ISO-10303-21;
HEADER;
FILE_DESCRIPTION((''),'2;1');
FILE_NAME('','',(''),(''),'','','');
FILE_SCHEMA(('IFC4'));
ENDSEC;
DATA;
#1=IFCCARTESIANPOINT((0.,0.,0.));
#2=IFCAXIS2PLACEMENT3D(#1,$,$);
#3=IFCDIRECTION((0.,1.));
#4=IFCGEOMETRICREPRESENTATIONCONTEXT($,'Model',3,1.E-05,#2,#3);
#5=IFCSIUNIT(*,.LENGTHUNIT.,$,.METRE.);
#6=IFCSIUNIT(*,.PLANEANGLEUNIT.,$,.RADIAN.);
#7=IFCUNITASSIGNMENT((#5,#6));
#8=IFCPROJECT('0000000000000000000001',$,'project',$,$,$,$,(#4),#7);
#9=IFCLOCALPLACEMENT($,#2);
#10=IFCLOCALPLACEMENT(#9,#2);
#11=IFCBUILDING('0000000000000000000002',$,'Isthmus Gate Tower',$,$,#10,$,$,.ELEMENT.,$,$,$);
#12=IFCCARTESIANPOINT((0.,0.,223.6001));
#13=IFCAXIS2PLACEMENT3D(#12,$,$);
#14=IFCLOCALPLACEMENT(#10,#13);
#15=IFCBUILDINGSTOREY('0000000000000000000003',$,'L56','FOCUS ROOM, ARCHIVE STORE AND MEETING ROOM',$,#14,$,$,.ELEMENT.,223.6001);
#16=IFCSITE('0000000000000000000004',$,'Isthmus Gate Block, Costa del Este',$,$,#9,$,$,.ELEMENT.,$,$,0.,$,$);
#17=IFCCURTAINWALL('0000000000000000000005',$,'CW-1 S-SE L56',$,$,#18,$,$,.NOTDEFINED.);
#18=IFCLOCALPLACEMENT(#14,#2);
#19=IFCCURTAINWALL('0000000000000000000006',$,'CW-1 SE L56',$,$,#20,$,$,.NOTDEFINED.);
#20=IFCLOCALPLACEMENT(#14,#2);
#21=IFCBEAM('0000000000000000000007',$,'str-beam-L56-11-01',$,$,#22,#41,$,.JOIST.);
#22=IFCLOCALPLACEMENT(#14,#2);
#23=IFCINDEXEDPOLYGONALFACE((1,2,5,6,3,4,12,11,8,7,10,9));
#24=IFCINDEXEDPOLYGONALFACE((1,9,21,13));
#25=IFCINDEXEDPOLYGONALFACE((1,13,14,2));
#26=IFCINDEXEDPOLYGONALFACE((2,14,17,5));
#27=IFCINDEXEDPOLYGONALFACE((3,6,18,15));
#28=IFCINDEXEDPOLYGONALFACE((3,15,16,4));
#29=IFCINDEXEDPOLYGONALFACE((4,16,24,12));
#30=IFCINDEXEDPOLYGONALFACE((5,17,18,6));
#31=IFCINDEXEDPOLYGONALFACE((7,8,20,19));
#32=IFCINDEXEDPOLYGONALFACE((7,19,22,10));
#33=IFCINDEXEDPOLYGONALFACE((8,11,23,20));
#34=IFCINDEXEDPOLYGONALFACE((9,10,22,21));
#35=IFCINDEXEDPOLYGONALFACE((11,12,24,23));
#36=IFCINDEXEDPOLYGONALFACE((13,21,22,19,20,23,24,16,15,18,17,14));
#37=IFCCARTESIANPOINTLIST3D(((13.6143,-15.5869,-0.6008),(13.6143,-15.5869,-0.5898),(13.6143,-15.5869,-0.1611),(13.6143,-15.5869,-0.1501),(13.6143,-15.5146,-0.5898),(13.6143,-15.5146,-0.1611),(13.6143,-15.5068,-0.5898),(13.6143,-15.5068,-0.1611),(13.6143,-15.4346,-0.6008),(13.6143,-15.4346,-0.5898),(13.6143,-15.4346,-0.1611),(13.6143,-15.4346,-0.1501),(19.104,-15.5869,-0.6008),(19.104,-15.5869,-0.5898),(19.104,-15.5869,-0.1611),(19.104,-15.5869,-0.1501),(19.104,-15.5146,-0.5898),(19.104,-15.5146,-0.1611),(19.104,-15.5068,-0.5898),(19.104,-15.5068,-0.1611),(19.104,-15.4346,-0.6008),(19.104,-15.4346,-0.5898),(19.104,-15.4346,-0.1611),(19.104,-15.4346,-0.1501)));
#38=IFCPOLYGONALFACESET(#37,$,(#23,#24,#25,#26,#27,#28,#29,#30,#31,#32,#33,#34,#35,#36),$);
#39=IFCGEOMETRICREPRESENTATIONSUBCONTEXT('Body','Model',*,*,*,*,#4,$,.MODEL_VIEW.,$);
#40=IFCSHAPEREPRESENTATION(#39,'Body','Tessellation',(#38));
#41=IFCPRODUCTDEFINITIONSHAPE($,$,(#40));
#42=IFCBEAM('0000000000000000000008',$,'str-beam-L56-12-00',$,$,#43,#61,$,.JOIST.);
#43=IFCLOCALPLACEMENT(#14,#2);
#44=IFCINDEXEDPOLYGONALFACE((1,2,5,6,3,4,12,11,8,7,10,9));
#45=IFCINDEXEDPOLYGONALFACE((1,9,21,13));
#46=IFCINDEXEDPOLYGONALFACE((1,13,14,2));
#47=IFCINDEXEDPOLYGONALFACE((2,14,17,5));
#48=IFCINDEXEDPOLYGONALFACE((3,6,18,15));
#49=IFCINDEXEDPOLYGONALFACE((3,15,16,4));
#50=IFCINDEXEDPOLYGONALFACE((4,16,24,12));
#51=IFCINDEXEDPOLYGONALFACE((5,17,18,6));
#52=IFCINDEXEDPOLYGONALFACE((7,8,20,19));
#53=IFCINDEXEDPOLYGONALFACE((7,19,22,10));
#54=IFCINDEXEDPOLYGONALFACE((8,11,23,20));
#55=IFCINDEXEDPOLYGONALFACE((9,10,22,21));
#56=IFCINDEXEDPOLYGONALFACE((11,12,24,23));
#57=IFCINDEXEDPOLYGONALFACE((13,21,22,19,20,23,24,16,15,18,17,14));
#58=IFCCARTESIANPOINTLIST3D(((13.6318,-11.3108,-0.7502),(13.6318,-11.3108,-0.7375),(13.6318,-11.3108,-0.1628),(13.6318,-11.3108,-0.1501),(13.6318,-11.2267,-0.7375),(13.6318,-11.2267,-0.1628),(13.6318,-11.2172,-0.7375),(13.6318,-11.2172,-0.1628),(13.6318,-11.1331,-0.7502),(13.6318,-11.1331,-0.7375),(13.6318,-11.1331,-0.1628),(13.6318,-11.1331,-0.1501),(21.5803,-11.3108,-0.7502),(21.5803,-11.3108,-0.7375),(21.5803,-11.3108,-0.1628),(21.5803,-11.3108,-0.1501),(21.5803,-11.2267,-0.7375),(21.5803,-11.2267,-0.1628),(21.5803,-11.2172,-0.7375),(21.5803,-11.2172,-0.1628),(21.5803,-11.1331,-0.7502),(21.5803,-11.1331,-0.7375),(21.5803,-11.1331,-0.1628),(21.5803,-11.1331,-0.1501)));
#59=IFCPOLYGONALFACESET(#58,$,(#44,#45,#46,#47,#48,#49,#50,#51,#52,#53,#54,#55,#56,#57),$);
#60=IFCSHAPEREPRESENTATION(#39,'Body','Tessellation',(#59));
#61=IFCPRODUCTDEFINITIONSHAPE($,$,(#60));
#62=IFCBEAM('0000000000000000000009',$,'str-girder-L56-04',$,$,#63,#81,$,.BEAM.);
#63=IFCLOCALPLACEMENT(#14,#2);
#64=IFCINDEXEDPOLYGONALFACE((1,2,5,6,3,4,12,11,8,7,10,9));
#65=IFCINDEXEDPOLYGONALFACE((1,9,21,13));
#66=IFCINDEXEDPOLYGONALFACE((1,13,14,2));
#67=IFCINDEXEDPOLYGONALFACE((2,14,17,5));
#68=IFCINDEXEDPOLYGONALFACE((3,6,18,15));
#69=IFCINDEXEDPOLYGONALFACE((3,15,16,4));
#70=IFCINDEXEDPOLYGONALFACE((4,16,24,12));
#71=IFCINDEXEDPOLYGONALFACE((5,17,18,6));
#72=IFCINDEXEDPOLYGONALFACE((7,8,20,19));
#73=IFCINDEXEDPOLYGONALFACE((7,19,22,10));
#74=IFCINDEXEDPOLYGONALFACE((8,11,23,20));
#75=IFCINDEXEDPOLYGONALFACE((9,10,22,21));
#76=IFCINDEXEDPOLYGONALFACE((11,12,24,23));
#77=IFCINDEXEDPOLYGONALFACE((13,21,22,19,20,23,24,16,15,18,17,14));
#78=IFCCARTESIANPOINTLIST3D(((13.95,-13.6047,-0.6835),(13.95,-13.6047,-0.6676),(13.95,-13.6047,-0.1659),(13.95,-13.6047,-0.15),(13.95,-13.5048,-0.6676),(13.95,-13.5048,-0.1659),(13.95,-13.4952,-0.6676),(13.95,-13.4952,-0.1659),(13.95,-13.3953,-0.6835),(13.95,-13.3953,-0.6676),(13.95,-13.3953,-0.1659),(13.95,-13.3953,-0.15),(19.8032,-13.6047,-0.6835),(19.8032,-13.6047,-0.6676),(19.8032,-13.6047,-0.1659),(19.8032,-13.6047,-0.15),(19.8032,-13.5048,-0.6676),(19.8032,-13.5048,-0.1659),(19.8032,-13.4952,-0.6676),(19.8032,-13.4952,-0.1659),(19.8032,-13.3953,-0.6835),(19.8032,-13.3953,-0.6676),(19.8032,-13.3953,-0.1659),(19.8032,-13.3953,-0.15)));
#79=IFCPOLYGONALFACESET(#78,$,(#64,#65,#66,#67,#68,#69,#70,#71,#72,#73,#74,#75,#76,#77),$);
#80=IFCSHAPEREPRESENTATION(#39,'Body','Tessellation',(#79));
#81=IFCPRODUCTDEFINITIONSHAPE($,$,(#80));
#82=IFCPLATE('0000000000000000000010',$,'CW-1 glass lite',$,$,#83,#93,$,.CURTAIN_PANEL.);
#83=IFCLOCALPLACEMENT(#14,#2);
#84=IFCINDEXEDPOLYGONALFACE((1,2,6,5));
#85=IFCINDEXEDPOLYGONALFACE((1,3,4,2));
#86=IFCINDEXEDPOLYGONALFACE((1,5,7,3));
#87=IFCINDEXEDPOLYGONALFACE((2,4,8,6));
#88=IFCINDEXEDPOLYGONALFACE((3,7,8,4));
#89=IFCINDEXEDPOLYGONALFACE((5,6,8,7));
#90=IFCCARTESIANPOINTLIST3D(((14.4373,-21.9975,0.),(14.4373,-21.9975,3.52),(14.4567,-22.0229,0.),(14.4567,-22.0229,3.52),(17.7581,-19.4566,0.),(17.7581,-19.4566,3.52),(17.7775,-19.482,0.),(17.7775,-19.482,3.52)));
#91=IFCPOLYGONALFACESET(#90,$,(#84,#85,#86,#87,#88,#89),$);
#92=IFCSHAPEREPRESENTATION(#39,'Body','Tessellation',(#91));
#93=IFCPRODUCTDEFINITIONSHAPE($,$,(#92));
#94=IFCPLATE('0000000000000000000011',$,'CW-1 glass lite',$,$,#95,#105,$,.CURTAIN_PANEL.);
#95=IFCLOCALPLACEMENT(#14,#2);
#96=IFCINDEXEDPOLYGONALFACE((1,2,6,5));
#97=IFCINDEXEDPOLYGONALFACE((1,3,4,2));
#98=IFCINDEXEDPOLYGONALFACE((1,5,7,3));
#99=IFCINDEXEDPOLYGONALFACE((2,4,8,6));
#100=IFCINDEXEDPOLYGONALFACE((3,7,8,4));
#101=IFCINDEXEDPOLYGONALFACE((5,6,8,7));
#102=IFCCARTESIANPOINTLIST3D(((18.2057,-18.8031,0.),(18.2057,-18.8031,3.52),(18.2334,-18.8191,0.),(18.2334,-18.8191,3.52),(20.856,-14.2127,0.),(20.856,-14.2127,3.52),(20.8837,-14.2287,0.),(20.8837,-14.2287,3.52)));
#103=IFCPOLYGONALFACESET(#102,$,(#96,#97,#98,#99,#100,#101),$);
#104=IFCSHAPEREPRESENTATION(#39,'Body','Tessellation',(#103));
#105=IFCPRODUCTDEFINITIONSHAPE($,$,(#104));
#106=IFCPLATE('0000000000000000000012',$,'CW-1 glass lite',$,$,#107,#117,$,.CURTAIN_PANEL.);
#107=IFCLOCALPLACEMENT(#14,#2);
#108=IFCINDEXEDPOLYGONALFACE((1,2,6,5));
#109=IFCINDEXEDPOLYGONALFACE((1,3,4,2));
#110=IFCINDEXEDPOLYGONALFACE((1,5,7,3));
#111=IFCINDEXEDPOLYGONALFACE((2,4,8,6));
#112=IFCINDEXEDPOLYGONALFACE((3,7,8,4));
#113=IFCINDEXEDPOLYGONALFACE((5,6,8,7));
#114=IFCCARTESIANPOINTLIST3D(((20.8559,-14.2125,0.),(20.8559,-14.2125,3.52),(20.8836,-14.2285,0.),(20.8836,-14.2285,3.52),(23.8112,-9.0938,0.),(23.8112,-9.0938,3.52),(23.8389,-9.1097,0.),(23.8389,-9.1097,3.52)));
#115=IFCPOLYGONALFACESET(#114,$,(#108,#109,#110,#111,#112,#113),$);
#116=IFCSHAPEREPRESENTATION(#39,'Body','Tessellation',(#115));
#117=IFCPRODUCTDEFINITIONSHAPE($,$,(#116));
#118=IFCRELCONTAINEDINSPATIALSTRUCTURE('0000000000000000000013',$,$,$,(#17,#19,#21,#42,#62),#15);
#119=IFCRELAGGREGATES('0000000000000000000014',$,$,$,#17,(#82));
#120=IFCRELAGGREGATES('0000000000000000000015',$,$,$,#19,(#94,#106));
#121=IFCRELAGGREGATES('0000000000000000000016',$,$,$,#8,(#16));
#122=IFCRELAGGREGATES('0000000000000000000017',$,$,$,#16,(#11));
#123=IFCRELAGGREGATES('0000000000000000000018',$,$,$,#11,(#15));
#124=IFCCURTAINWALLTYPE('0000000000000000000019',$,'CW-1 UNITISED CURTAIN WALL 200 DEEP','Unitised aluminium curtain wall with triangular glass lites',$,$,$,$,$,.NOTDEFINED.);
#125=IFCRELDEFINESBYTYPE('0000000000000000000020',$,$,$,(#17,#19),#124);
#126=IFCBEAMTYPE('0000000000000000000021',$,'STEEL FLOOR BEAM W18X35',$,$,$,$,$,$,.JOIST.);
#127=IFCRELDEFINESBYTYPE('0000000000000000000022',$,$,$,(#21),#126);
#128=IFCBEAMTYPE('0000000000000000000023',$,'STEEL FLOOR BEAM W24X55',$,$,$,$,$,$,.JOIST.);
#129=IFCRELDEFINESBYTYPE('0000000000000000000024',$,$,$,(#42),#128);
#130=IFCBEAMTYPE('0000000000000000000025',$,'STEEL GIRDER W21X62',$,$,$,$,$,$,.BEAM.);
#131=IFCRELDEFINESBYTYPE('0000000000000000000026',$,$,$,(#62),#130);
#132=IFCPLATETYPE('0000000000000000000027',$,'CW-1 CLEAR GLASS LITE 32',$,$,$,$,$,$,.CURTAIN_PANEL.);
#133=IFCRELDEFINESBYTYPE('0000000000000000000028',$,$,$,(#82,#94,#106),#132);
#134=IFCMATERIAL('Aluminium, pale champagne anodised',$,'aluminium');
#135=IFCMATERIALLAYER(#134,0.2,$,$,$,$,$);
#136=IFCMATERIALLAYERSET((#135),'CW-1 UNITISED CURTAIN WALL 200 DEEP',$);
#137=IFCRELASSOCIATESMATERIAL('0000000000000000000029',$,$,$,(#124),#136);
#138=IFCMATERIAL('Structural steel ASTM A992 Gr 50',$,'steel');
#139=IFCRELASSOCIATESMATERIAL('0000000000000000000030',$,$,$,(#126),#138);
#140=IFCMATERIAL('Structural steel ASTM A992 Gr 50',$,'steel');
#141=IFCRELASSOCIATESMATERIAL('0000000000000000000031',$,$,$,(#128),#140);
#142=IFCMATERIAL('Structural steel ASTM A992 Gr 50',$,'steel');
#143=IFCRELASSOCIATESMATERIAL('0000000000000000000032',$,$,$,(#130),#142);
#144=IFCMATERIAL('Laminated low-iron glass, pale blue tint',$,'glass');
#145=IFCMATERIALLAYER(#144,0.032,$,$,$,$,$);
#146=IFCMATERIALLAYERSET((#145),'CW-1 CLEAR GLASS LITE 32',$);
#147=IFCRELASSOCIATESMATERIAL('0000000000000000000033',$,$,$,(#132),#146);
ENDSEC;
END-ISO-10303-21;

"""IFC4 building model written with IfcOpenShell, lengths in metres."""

from ifc_helpers import new_model, si_unit, direction, frame, origin, origin_2d, place, context, subcontext, project, spatial, rectangle, i_section, extrude, material, layer, layer_set, material_profile, profile_set, type_object, element, aggregate, save


model = new_model("IFC4")

# Units and contexts
model_context = context("Model", 3, precision=1e-05, world=origin(), true_north=direction((0.0, 1.0)))
body_context = subcontext(model_context, "Body", "Model", "MODEL_VIEW")
ifc_project = project(units=[si_unit("LENGTHUNIT", "METRE"), si_unit("PLANEANGLEUNIT", "RADIAN")], contexts=[model_context])

# Site, building, storey
site_placement = place(None, origin())
site = spatial("IfcSite", under=ifc_project, at=site_placement, Name="Isthmus Gate Block, Costa del Este", CompositionType="ELEMENT", RefElevation=0.0)
building_placement = place(site_placement, origin())
building = spatial("IfcBuilding", under=site, at=building_placement, Name="Isthmus Gate Tower", CompositionType="ELEMENT")
storey_placement = place(building_placement, frame((0.0, 0.0, 223.6001)))
storey = spatial("IfcBuildingStorey", under=building, at=storey_placement, Name="L56", Description="FOCUS ROOM, ARCHIVE STORE AND MEETING ROOM", CompositionType="ELEMENT", Elevation=223.6001)

# Curtain wall
ifc_material_1 = material(Name="Aluminium, pale champagne anodised", Category="aluminium")
ifc_layer_1 = layer(ifc_material_1, 0.2)
ifc_layer_set_1 = layer_set([ifc_layer_1], Name="CW-1 UNITISED CURTAIN WALL 200 DEEP")
curtain_wall_type = type_object("IfcCurtainWallType", Name="CW-1 UNITISED CURTAIN WALL 200 DEEP", Description="Unitised aluminium curtain wall with triangular glass lites", PredefinedType="NOTDEFINED", material=ifc_layer_set_1)
curtain_wall_1_placement = place(storey_placement, origin())
curtain_wall_1 = element("IfcCurtainWall", 1, at=curtain_wall_1_placement, inside=storey, type_object=curtain_wall_type, Name="CW-1 S-SE L56", PredefinedType="NOTDEFINED")

# Curtain wall
curtain_wall_2_placement = place(storey_placement, origin())
curtain_wall_2 = element("IfcCurtainWall", 2, at=curtain_wall_2_placement, inside=storey, type_object=curtain_wall_type, Name="CW-1 SE L56", PredefinedType="NOTDEFINED")

# Beams
ifc_material_2 = material(Name="Structural steel ASTM A992 Gr 50", Category="steel")
ifc_material_profile_1 = material_profile(ifc_material_2, i_section(OverallWidth=0.1523, OverallDepth=0.4507, WebThickness=0.0078, FlangeThickness=0.011, at=origin_2d()), Name="W18X35")
ifc_profile_set_1 = profile_set([ifc_material_profile_1], Name="Structural steel ASTM A992 Gr 50")
beam_type_1 = type_object("IfcBeamType", Name="STEEL FLOOR BEAM W18X35", PredefinedType="JOIST", material=ifc_profile_set_1)
beam_1_placement = place(storey_placement, frame((13.6143, -15.5107, -0.3755), z_axis=(1.0, 0.0, 0.0), x_axis=(0.0, 1.0, 0.0)))
element("IfcBeam", 3, at=beam_1_placement, inside=storey, type_object=beam_type_1, Name="str-beam-L56-11-01", PredefinedType="JOIST", context=body_context, shape_type="SweptSolid", body=[
    extrude(i_section(OverallWidth=0.1523, OverallDepth=0.4507, WebThickness=0.0078, FlangeThickness=0.011, at=origin_2d()), origin(), (0.0, 0.0, 1.0), 5.4897),
])
ifc_material_3 = material(Name="Structural steel ASTM A992 Gr 50", Category="steel")
ifc_material_profile_2 = material_profile(ifc_material_3, i_section(OverallWidth=0.1777, OverallDepth=0.6001, WebThickness=0.0095, FlangeThickness=0.0127, at=origin_2d()), Name="W24X55")
ifc_profile_set_2 = profile_set([ifc_material_profile_2], Name="Structural steel ASTM A992 Gr 50")
beam_type_2 = type_object("IfcBeamType", Name="STEEL FLOOR BEAM W24X55", PredefinedType="JOIST", material=ifc_profile_set_2)
beam_2_placement = place(storey_placement, frame((13.6318, -11.2219, -0.4502), z_axis=(1.0, 0.0, 0.0), x_axis=(0.0, 1.0, 0.0)))
element("IfcBeam", 4, at=beam_2_placement, inside=storey, type_object=beam_type_2, Name="str-beam-L56-12-00", PredefinedType="JOIST", context=body_context, shape_type="SweptSolid", body=[
    extrude(i_section(OverallWidth=0.1777, OverallDepth=0.6001, WebThickness=0.0095, FlangeThickness=0.0127, at=origin_2d()), origin(), (0.0, 0.0, 1.0), 7.9485),
])
ifc_material_4 = material(Name="Structural steel ASTM A992 Gr 50", Category="steel")
ifc_material_profile_3 = material_profile(ifc_material_4, i_section(OverallWidth=0.2095, OverallDepth=0.5334, WebThickness=0.0095, FlangeThickness=0.0159, at=origin_2d()), Name="W21X62")
ifc_profile_set_3 = profile_set([ifc_material_profile_3], Name="Structural steel ASTM A992 Gr 50")
beam_type_3 = type_object("IfcBeamType", Name="STEEL GIRDER W21X62", PredefinedType="BEAM", material=ifc_profile_set_3)
beam_3_placement = place(storey_placement, frame((13.95, -13.5, -0.4167), z_axis=(1.0, 0.0, 0.0), x_axis=(0.0, 1.0, 0.0)))
element("IfcBeam", 5, at=beam_3_placement, inside=storey, type_object=beam_type_3, Name="str-girder-L56-04", PredefinedType="BEAM", context=body_context, shape_type="SweptSolid", body=[
    extrude(i_section(OverallWidth=0.2095, OverallDepth=0.5334, WebThickness=0.0095, FlangeThickness=0.0159, at=origin_2d()), origin(), (0.0, 0.0, 1.0), 5.8533),
])

# Plates
ifc_material_5 = material(Name="Laminated low-iron glass, pale blue tint", Category="glass")
ifc_layer_2 = layer(ifc_material_5, 0.032)
ifc_layer_set_2 = layer_set([ifc_layer_2], Name="CW-1 CLEAR GLASS LITE 32")
plate_type = type_object("IfcPlateType", Name="CW-1 CLEAR GLASS LITE 32", PredefinedType="CURTAIN_PANEL", material=ifc_layer_set_2)
plate_1_placement = place(storey_placement, frame((16.1074, -20.7397, 0.0), z_axis=(0.0, 0.0, 1.0), x_axis=(0.794189, 0.607671, 0.0)))
plate_1 = element("IfcPlate", 6, at=plate_1_placement, type_object=plate_type, Name="CW-1 glass lite", PredefinedType="CURTAIN_PANEL", context=body_context, shape_type="SweptSolid", body=[
    extrude(rectangle(XDim=4.1814, YDim=0.032, at=origin_2d()), origin(), (0.0, 0.0, 1.0), 3.52),
])
aggregate(curtain_wall_1, [plate_1])
plate_2_placement = place(storey_placement, frame((19.5447, -16.5159, 0.0), z_axis=(0.0, 0.0, 1.0), x_axis=(0.5, 0.866025, 0.0)))
plate_2 = element("IfcPlate", 7, at=plate_2_placement, type_object=plate_type, Name="CW-1 glass lite", PredefinedType="CURTAIN_PANEL", context=body_context, shape_type="SweptSolid", body=[
    extrude(rectangle(XDim=5.3005, YDim=0.032, at=origin_2d()), origin(), (0.0, 0.0, 1.0), 3.52),
])
plate_3_placement = place(storey_placement, frame((22.3474, -11.6611, 0.0), z_axis=(0.0, 0.0, 1.0), x_axis=(0.5, 0.866025, 0.0)))
plate_3 = element("IfcPlate", 8, at=plate_3_placement, type_object=plate_type, Name="CW-1 glass lite", PredefinedType="CURTAIN_PANEL", context=body_context, shape_type="SweptSolid", body=[
    extrude(rectangle(XDim=5.9106, YDim=0.032, at=origin_2d()), origin(), (0.0, 0.0, 1.0), 3.52),
])
aggregate(curtain_wall_2, [plate_2, plate_3])

save(model, "model.ifc")
